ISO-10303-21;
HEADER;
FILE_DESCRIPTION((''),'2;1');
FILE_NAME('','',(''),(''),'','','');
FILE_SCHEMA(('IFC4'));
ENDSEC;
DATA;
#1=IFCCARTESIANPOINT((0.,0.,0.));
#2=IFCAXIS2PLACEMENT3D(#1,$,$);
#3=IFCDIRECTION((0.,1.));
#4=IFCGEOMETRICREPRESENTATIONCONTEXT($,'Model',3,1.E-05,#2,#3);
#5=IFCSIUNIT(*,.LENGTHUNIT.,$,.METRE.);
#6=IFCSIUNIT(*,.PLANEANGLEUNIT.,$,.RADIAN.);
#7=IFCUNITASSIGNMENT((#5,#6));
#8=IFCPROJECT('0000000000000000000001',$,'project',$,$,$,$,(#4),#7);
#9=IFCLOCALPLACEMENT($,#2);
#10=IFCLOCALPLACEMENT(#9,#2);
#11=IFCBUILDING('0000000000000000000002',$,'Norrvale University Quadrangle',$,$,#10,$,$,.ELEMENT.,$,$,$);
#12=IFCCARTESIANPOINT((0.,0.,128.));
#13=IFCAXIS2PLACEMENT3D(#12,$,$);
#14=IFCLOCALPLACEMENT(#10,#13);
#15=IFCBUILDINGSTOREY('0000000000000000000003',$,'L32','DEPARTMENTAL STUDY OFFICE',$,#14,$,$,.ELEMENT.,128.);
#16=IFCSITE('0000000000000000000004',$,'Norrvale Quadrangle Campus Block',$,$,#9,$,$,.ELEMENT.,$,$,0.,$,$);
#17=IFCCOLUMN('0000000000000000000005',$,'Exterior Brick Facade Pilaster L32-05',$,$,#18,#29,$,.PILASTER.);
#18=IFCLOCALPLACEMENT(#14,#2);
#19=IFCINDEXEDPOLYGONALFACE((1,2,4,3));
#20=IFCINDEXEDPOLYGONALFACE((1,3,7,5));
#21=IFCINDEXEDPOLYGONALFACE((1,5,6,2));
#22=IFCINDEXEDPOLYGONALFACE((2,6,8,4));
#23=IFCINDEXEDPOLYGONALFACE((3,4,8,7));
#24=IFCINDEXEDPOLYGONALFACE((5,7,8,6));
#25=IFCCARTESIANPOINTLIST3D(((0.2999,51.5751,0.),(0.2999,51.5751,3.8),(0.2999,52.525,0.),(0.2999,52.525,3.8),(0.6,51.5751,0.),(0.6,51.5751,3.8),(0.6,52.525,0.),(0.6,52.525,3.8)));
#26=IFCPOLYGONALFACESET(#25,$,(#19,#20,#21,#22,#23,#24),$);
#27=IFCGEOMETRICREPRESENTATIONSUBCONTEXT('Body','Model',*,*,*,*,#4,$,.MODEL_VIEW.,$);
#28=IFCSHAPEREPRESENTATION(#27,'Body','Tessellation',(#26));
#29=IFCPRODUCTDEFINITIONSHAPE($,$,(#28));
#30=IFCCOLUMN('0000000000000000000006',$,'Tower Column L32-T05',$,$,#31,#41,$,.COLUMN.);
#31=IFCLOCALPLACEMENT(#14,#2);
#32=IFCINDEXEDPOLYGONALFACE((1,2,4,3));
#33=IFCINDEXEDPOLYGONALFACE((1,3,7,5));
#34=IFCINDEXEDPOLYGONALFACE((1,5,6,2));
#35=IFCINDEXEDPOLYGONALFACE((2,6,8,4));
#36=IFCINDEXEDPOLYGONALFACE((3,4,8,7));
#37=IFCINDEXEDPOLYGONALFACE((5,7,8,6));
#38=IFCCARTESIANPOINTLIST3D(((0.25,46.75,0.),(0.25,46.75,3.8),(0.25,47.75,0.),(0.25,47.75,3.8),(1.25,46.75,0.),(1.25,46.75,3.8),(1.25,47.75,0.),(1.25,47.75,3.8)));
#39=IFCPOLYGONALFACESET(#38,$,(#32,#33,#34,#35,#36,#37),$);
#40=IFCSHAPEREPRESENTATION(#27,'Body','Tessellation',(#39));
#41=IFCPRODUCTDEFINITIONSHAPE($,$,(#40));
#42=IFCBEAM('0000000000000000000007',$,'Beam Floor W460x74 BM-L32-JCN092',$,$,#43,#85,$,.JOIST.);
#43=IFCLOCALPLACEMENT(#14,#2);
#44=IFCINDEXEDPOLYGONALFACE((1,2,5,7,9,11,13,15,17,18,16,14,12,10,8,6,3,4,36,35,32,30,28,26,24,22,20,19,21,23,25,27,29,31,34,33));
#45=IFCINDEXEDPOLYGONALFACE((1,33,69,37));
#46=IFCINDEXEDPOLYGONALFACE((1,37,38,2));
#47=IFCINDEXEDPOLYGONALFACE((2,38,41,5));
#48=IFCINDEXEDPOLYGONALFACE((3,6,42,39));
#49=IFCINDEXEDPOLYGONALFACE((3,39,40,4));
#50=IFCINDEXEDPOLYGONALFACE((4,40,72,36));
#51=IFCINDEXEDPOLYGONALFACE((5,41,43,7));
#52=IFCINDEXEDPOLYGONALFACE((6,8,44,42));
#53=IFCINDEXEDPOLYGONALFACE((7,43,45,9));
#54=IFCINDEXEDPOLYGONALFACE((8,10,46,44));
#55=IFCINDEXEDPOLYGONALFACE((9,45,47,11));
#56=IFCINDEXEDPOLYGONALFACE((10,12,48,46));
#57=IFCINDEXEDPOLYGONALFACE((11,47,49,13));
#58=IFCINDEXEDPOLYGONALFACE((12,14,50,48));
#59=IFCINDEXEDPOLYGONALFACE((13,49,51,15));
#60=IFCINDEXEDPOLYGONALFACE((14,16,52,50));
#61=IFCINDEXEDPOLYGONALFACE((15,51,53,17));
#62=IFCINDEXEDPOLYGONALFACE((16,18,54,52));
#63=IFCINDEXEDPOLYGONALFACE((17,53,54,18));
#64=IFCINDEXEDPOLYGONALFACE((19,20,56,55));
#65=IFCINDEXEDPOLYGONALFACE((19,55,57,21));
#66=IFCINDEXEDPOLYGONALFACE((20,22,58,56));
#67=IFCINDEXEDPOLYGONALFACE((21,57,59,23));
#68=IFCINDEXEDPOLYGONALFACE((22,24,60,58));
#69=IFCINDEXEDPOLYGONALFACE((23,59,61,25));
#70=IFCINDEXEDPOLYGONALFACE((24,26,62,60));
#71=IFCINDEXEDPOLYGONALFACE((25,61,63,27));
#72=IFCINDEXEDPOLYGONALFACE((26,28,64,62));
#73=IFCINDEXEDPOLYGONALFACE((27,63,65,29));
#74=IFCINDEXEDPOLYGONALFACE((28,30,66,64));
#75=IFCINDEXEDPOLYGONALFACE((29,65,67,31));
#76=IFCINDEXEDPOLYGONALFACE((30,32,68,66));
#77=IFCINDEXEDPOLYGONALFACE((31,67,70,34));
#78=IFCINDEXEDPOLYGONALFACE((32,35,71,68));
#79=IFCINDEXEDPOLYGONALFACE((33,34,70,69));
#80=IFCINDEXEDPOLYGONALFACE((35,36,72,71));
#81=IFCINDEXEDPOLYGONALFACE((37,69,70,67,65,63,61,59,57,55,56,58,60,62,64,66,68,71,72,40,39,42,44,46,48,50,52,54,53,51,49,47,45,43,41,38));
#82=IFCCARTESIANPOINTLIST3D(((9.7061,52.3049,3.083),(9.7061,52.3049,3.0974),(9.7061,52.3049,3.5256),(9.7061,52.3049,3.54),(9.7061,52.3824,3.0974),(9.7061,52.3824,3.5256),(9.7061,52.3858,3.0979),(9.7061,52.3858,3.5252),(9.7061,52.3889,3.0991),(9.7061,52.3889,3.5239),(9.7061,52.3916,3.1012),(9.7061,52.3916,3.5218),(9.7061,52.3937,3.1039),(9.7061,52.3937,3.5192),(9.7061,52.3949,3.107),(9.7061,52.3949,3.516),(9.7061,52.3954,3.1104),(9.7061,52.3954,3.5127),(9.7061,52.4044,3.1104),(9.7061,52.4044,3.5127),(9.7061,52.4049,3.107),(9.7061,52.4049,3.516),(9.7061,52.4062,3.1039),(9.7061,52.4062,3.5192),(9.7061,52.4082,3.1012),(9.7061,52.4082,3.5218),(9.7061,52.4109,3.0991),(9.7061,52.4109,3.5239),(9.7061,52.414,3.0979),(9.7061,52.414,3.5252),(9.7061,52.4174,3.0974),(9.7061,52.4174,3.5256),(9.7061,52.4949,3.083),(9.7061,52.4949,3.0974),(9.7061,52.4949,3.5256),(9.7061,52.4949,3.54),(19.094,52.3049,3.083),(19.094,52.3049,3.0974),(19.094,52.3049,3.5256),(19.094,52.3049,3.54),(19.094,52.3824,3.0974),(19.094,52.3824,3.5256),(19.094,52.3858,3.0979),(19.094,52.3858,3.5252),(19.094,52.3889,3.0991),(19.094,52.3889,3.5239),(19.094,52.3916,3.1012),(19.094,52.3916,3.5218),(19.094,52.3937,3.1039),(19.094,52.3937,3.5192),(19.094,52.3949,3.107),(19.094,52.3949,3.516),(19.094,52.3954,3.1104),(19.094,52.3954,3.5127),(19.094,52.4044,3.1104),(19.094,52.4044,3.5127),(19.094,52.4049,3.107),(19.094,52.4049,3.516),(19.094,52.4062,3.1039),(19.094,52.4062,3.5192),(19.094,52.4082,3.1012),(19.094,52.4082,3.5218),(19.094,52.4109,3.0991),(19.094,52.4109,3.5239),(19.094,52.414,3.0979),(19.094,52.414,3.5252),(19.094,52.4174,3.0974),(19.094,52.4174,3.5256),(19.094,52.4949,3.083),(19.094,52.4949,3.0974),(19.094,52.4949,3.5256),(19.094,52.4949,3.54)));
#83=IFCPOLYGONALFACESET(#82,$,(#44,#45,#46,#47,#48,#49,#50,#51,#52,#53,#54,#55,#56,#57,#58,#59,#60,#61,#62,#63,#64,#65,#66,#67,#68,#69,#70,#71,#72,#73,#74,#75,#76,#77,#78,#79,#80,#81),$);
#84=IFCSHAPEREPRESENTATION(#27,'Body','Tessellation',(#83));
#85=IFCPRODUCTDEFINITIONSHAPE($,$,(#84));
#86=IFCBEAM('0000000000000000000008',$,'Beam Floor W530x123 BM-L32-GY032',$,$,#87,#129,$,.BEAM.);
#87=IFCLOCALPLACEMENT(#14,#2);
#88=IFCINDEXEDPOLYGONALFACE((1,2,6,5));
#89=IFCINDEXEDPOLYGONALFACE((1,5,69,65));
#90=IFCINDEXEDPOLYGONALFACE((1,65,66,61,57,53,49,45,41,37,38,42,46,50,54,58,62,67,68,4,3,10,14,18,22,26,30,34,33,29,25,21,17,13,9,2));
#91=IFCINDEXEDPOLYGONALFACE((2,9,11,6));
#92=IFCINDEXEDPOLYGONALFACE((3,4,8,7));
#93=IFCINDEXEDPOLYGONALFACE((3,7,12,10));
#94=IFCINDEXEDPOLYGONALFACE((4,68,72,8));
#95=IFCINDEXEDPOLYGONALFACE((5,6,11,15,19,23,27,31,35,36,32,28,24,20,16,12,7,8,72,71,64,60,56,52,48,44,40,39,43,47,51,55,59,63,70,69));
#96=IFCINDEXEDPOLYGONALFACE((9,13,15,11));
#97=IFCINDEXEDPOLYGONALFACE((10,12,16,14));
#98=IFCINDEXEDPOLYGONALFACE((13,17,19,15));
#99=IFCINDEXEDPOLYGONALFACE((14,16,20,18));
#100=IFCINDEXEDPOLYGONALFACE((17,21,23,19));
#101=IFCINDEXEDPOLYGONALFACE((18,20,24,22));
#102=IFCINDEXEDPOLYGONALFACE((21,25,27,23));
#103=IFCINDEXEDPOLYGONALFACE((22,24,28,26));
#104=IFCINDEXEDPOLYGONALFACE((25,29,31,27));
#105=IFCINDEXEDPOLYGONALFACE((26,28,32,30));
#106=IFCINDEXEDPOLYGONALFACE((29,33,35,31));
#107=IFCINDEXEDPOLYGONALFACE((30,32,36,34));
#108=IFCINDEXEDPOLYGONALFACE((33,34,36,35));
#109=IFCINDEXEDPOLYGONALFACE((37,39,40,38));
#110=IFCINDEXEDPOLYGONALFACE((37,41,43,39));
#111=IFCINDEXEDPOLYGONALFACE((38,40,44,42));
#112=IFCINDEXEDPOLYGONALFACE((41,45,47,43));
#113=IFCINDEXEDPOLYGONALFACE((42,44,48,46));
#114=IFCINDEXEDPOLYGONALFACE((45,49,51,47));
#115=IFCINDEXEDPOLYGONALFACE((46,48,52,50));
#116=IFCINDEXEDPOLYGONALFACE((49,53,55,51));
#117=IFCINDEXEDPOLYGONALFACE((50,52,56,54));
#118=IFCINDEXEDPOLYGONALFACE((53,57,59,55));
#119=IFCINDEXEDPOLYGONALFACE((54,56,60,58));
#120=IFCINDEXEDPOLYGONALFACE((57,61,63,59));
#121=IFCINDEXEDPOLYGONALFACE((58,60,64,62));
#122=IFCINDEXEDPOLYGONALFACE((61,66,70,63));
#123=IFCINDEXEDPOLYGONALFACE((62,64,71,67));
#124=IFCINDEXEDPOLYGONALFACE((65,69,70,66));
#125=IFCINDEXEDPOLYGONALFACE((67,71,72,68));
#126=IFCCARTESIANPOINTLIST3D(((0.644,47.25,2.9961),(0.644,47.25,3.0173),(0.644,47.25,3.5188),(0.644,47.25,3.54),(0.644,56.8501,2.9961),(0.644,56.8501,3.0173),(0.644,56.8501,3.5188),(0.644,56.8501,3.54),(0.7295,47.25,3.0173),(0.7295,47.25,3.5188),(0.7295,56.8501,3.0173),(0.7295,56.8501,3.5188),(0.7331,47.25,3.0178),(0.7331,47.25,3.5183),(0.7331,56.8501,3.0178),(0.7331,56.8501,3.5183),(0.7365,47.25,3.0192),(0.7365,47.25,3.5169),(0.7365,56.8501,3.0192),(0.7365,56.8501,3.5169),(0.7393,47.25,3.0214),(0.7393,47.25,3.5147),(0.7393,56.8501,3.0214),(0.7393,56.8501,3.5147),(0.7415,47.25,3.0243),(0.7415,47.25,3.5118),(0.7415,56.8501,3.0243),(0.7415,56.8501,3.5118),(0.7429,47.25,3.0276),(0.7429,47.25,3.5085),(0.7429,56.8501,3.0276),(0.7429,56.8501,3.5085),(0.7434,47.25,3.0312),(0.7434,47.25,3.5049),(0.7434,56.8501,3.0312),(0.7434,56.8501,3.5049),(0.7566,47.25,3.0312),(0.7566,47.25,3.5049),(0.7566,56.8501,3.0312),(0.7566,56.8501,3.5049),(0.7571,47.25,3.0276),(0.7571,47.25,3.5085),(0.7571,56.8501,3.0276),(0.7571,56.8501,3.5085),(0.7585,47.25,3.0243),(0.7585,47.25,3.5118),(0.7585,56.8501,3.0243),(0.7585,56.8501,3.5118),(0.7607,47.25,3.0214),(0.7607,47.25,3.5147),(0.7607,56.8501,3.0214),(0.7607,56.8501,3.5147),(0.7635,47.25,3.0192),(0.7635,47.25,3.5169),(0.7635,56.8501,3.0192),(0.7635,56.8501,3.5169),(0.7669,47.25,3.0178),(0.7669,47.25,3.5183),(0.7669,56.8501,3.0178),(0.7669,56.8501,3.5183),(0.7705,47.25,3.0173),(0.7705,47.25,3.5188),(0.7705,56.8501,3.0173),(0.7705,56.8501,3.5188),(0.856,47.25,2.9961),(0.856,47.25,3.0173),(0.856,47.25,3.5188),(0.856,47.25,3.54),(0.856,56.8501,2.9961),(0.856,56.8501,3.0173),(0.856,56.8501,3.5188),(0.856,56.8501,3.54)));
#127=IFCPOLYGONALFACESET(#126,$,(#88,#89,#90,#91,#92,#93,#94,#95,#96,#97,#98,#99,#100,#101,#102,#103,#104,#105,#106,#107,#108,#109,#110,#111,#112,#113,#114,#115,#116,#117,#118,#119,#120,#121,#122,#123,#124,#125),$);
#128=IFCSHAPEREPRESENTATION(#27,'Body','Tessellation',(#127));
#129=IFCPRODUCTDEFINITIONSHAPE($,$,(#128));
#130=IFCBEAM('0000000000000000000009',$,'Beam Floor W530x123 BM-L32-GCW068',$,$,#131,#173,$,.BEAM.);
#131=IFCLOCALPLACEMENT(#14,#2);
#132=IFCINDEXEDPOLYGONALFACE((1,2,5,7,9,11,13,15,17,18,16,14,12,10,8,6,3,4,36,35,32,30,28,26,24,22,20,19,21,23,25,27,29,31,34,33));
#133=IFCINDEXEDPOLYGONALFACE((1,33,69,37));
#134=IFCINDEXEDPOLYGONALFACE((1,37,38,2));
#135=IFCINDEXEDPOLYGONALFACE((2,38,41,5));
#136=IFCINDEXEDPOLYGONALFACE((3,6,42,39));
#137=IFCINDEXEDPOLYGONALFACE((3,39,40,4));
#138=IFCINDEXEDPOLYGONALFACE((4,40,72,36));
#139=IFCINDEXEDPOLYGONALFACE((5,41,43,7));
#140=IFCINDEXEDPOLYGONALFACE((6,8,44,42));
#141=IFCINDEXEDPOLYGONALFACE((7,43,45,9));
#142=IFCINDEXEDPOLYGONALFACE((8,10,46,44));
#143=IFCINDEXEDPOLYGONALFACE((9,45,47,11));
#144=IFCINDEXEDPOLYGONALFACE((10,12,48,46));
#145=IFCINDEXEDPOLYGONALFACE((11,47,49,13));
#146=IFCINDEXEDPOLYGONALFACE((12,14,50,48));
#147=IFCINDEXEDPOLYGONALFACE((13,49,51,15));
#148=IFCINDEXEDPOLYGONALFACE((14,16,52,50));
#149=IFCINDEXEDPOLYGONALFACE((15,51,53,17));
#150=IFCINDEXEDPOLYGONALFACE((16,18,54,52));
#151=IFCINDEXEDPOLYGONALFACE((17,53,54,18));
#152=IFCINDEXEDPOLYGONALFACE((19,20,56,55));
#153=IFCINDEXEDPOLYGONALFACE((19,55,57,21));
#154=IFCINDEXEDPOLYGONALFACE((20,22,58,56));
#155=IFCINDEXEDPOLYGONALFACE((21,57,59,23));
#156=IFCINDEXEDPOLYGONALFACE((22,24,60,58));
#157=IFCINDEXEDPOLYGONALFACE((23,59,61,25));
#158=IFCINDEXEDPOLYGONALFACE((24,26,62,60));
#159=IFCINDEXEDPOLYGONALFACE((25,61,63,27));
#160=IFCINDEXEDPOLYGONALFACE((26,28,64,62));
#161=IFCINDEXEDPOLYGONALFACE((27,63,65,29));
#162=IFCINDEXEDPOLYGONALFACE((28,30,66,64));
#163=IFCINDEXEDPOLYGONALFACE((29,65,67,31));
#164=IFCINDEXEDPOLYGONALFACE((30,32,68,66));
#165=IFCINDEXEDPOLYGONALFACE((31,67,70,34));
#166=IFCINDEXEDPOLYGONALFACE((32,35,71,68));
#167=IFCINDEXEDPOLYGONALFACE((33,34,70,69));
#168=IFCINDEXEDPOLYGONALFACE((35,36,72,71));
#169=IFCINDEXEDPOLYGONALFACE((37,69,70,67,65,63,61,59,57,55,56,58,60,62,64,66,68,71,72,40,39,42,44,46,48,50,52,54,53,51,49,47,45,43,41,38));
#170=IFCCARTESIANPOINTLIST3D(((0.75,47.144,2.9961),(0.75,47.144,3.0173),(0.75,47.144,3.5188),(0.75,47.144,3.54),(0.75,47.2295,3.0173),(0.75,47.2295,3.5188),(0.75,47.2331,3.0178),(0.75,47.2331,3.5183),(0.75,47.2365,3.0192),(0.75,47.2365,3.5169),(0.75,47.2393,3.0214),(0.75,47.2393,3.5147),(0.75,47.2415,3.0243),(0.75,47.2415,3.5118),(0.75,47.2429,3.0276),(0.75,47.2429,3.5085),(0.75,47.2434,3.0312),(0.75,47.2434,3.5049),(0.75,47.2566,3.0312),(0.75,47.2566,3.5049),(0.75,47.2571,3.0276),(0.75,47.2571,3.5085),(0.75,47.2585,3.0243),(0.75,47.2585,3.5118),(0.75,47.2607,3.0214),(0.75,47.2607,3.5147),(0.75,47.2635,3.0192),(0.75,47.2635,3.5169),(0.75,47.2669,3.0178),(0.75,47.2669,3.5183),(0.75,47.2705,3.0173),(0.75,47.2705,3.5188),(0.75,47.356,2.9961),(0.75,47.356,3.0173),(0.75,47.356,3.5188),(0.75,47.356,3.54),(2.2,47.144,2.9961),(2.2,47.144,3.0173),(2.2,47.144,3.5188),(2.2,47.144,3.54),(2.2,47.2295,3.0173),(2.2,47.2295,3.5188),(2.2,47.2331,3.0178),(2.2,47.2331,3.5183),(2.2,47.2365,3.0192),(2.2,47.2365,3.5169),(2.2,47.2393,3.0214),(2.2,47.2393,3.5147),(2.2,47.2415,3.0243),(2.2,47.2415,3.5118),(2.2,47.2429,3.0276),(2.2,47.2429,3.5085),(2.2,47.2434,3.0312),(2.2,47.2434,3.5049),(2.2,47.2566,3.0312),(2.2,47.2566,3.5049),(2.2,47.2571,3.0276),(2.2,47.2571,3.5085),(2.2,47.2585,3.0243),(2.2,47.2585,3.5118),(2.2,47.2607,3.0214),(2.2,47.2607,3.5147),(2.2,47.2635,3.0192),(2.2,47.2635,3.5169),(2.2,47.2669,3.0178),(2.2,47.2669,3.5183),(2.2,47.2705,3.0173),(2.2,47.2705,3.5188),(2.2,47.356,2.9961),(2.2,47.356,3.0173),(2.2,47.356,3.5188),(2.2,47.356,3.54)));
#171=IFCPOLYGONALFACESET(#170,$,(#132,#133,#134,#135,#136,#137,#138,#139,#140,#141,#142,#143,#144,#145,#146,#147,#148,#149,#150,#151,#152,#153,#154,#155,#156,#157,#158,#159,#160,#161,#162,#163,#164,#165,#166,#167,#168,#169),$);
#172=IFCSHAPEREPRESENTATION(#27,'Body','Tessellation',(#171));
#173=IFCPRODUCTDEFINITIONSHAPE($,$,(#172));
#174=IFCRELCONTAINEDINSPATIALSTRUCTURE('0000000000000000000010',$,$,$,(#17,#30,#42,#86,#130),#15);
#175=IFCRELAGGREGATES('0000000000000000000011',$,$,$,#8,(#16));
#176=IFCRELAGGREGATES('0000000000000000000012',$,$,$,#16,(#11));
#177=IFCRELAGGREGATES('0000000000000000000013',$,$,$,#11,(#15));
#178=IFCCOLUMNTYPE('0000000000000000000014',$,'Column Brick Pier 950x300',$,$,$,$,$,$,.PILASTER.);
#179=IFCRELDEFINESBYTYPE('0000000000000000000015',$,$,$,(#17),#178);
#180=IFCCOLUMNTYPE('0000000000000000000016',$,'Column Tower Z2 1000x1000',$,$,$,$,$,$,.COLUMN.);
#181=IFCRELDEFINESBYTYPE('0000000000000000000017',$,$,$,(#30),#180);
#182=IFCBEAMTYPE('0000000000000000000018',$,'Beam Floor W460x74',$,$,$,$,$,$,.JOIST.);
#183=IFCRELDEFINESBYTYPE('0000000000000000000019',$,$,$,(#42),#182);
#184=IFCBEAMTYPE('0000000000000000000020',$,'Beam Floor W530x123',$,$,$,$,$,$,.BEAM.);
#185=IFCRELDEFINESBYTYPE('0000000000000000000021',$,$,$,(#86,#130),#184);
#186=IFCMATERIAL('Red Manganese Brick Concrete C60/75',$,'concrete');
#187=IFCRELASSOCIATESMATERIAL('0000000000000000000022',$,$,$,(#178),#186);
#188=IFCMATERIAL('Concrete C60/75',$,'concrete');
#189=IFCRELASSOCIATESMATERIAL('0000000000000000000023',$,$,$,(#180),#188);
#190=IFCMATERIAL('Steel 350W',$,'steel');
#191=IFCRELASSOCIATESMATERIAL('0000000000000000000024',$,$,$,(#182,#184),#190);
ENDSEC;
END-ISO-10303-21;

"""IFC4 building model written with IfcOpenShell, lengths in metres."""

from ifc_helpers import new_model, si_unit, direction, frame, origin, origin_2d, place, context, subcontext, project, spatial, rectangle, i_section, extrude, material, material_profile, profile_set, type_object, element, save


model = new_model("IFC4")

# Units and contexts
model_context = context("Model", 3, precision=1e-05, world=origin(), true_north=direction((0.0, 1.0)))
body_context = subcontext(model_context, "Body", "Model", "MODEL_VIEW")
ifc_project = project(units=[si_unit("LENGTHUNIT", "METRE"), si_unit("PLANEANGLEUNIT", "RADIAN")], contexts=[model_context])

# Site, building, storey
site_placement = place(None, origin())
site = spatial("IfcSite", under=ifc_project, at=site_placement, Name="Norrvale Quadrangle Campus Block", CompositionType="ELEMENT", RefElevation=0.0)
building_placement = place(site_placement, origin())
building = spatial("IfcBuilding", under=site, at=building_placement, Name="Norrvale University Quadrangle", CompositionType="ELEMENT")
storey_placement = place(building_placement, frame((0.0, 0.0, 128.0)))
storey = spatial("IfcBuildingStorey", under=building, at=storey_placement, Name="L32", Description="DEPARTMENTAL STUDY OFFICE", CompositionType="ELEMENT", Elevation=128.0)

# Columns
ifc_material_1 = material(Name="Red Manganese Brick Concrete C60/75", Category="concrete")
ifc_material_profile_1 = material_profile(ifc_material_1, rectangle(XDim=0.95, YDim=0.3, at=origin_2d()), Name="Red Manganese Brick Concrete C60/75")
ifc_profile_set_1 = profile_set([ifc_material_profile_1], Name="Red Manganese Brick Concrete C60/75")
column_type_1 = type_object("IfcColumnType", Name="Column Brick Pier 950x300", PredefinedType="PILASTER", material=ifc_profile_set_1)
column_1_placement = place(storey_placement, frame((0.45, 52.05, 0.0), z_axis=(0.0, 0.0, 1.0), x_axis=(0.0, 1.0, 0.0)))
element("IfcColumn", 1, at=column_1_placement, inside=storey, type_object=column_type_1, Name="Exterior Brick Facade Pilaster L32-05", PredefinedType="PILASTER", context=body_context, shape_type="SweptSolid", body=[
    extrude(rectangle(XDim=0.95, YDim=0.3, at=origin_2d()), origin(), (0.0, 0.0, 1.0), 3.8),
])
ifc_material_2 = material(Name="Concrete C60/75", Category="concrete")
ifc_material_profile_2 = material_profile(ifc_material_2, rectangle(XDim=1.0, YDim=1.0, at=origin_2d()), Name="Concrete C60/75")
ifc_profile_set_2 = profile_set([ifc_material_profile_2], Name="Concrete C60/75")
column_type_2 = type_object("IfcColumnType", Name="Column Tower Z2 1000x1000", PredefinedType="COLUMN", material=ifc_profile_set_2)
column_2_placement = place(storey_placement, frame((0.75, 47.25, 0.0), z_axis=(0.0, 0.0, 1.0), x_axis=(1.0, 0.0, 0.0)))
element("IfcColumn", 2, at=column_2_placement, inside=storey, type_object=column_type_2, Name="Tower Column L32-T05", PredefinedType="COLUMN", context=body_context, shape_type="SweptSolid", body=[
    extrude(rectangle(XDim=1.0, YDim=1.0, at=origin_2d()), origin(), (0.0, 0.0, 1.0), 3.8),
])

# Beams
ifc_material_3 = material(Name="Steel 350W", Category="steel")
ifc_material_profile_3 = material_profile(ifc_material_3, i_section(OverallWidth=0.1899, OverallDepth=0.457, WebThickness=0.009, FlangeThickness=0.0144, FilletRadius=0.0129, at=origin_2d()), Name="Steel 350W")
ifc_profile_set_3 = profile_set([ifc_material_profile_3], Name="Steel 350W")
beam_type_1 = type_object("IfcBeamType", Name="Beam Floor W460x74", PredefinedType="JOIST", material=ifc_profile_set_3)
beam_1_placement = place(storey_placement, frame((9.7061, 52.3999, 3.3115), z_axis=(1.0, 0.0, 0.0), x_axis=(0.0, 1.0, 0.0)))
element("IfcBeam", 3, at=beam_1_placement, inside=storey, type_object=beam_type_1, Name="Beam Floor W460x74 BM-L32-JCN092", PredefinedType="JOIST", context=body_context, shape_type="SweptSolid", body=[
    extrude(i_section(OverallWidth=0.1899, OverallDepth=0.457, WebThickness=0.009, FlangeThickness=0.0144, FilletRadius=0.0129, at=origin_2d()), origin(), (0.0, 0.0, 1.0), 9.3879),
])
ifc_material_profile_4 = material_profile(ifc_material_3, i_section(OverallWidth=0.2119, OverallDepth=0.5439, WebThickness=0.0132, FlangeThickness=0.0212, FilletRadius=0.0139, at=origin_2d()), Name="Steel 350W")
ifc_profile_set_4 = profile_set([ifc_material_profile_4], Name="Steel 350W")
beam_type_2 = type_object("IfcBeamType", Name="Beam Floor W530x123", PredefinedType="BEAM", material=ifc_profile_set_4)
beam_2_placement = place(storey_placement, frame((0.75, 47.25, 3.2681), z_axis=(0.0, 1.0, 0.0), x_axis=(-1.0, 0.0, 0.0)))
element("IfcBeam", 4, at=beam_2_placement, inside=storey, type_object=beam_type_2, Name="Beam Floor W530x123 BM-L32-GY032", PredefinedType="BEAM", context=body_context, shape_type="SweptSolid", body=[
    extrude(i_section(OverallWidth=0.2119, OverallDepth=0.5439, WebThickness=0.0132, FlangeThickness=0.0212, FilletRadius=0.0139, at=origin_2d()), origin(), (0.0, 0.0, 1.0), 9.6001),
])
beam_3_placement = place(storey_placement, frame((0.75, 47.25, 3.2681), z_axis=(1.0, 0.0, 0.0), x_axis=(0.0, 1.0, 0.0)))
element("IfcBeam", 5, at=beam_3_placement, inside=storey, type_object=beam_type_2, Name="Beam Floor W530x123 BM-L32-GCW068", PredefinedType="BEAM", context=body_context, shape_type="SweptSolid", body=[
    extrude(i_section(OverallWidth=0.2119, OverallDepth=0.5439, WebThickness=0.0132, FlangeThickness=0.0212, FilletRadius=0.0139, at=origin_2d()), origin(), (0.0, 0.0, 1.0), 1.45),
])

save(model, "model.ifc")
